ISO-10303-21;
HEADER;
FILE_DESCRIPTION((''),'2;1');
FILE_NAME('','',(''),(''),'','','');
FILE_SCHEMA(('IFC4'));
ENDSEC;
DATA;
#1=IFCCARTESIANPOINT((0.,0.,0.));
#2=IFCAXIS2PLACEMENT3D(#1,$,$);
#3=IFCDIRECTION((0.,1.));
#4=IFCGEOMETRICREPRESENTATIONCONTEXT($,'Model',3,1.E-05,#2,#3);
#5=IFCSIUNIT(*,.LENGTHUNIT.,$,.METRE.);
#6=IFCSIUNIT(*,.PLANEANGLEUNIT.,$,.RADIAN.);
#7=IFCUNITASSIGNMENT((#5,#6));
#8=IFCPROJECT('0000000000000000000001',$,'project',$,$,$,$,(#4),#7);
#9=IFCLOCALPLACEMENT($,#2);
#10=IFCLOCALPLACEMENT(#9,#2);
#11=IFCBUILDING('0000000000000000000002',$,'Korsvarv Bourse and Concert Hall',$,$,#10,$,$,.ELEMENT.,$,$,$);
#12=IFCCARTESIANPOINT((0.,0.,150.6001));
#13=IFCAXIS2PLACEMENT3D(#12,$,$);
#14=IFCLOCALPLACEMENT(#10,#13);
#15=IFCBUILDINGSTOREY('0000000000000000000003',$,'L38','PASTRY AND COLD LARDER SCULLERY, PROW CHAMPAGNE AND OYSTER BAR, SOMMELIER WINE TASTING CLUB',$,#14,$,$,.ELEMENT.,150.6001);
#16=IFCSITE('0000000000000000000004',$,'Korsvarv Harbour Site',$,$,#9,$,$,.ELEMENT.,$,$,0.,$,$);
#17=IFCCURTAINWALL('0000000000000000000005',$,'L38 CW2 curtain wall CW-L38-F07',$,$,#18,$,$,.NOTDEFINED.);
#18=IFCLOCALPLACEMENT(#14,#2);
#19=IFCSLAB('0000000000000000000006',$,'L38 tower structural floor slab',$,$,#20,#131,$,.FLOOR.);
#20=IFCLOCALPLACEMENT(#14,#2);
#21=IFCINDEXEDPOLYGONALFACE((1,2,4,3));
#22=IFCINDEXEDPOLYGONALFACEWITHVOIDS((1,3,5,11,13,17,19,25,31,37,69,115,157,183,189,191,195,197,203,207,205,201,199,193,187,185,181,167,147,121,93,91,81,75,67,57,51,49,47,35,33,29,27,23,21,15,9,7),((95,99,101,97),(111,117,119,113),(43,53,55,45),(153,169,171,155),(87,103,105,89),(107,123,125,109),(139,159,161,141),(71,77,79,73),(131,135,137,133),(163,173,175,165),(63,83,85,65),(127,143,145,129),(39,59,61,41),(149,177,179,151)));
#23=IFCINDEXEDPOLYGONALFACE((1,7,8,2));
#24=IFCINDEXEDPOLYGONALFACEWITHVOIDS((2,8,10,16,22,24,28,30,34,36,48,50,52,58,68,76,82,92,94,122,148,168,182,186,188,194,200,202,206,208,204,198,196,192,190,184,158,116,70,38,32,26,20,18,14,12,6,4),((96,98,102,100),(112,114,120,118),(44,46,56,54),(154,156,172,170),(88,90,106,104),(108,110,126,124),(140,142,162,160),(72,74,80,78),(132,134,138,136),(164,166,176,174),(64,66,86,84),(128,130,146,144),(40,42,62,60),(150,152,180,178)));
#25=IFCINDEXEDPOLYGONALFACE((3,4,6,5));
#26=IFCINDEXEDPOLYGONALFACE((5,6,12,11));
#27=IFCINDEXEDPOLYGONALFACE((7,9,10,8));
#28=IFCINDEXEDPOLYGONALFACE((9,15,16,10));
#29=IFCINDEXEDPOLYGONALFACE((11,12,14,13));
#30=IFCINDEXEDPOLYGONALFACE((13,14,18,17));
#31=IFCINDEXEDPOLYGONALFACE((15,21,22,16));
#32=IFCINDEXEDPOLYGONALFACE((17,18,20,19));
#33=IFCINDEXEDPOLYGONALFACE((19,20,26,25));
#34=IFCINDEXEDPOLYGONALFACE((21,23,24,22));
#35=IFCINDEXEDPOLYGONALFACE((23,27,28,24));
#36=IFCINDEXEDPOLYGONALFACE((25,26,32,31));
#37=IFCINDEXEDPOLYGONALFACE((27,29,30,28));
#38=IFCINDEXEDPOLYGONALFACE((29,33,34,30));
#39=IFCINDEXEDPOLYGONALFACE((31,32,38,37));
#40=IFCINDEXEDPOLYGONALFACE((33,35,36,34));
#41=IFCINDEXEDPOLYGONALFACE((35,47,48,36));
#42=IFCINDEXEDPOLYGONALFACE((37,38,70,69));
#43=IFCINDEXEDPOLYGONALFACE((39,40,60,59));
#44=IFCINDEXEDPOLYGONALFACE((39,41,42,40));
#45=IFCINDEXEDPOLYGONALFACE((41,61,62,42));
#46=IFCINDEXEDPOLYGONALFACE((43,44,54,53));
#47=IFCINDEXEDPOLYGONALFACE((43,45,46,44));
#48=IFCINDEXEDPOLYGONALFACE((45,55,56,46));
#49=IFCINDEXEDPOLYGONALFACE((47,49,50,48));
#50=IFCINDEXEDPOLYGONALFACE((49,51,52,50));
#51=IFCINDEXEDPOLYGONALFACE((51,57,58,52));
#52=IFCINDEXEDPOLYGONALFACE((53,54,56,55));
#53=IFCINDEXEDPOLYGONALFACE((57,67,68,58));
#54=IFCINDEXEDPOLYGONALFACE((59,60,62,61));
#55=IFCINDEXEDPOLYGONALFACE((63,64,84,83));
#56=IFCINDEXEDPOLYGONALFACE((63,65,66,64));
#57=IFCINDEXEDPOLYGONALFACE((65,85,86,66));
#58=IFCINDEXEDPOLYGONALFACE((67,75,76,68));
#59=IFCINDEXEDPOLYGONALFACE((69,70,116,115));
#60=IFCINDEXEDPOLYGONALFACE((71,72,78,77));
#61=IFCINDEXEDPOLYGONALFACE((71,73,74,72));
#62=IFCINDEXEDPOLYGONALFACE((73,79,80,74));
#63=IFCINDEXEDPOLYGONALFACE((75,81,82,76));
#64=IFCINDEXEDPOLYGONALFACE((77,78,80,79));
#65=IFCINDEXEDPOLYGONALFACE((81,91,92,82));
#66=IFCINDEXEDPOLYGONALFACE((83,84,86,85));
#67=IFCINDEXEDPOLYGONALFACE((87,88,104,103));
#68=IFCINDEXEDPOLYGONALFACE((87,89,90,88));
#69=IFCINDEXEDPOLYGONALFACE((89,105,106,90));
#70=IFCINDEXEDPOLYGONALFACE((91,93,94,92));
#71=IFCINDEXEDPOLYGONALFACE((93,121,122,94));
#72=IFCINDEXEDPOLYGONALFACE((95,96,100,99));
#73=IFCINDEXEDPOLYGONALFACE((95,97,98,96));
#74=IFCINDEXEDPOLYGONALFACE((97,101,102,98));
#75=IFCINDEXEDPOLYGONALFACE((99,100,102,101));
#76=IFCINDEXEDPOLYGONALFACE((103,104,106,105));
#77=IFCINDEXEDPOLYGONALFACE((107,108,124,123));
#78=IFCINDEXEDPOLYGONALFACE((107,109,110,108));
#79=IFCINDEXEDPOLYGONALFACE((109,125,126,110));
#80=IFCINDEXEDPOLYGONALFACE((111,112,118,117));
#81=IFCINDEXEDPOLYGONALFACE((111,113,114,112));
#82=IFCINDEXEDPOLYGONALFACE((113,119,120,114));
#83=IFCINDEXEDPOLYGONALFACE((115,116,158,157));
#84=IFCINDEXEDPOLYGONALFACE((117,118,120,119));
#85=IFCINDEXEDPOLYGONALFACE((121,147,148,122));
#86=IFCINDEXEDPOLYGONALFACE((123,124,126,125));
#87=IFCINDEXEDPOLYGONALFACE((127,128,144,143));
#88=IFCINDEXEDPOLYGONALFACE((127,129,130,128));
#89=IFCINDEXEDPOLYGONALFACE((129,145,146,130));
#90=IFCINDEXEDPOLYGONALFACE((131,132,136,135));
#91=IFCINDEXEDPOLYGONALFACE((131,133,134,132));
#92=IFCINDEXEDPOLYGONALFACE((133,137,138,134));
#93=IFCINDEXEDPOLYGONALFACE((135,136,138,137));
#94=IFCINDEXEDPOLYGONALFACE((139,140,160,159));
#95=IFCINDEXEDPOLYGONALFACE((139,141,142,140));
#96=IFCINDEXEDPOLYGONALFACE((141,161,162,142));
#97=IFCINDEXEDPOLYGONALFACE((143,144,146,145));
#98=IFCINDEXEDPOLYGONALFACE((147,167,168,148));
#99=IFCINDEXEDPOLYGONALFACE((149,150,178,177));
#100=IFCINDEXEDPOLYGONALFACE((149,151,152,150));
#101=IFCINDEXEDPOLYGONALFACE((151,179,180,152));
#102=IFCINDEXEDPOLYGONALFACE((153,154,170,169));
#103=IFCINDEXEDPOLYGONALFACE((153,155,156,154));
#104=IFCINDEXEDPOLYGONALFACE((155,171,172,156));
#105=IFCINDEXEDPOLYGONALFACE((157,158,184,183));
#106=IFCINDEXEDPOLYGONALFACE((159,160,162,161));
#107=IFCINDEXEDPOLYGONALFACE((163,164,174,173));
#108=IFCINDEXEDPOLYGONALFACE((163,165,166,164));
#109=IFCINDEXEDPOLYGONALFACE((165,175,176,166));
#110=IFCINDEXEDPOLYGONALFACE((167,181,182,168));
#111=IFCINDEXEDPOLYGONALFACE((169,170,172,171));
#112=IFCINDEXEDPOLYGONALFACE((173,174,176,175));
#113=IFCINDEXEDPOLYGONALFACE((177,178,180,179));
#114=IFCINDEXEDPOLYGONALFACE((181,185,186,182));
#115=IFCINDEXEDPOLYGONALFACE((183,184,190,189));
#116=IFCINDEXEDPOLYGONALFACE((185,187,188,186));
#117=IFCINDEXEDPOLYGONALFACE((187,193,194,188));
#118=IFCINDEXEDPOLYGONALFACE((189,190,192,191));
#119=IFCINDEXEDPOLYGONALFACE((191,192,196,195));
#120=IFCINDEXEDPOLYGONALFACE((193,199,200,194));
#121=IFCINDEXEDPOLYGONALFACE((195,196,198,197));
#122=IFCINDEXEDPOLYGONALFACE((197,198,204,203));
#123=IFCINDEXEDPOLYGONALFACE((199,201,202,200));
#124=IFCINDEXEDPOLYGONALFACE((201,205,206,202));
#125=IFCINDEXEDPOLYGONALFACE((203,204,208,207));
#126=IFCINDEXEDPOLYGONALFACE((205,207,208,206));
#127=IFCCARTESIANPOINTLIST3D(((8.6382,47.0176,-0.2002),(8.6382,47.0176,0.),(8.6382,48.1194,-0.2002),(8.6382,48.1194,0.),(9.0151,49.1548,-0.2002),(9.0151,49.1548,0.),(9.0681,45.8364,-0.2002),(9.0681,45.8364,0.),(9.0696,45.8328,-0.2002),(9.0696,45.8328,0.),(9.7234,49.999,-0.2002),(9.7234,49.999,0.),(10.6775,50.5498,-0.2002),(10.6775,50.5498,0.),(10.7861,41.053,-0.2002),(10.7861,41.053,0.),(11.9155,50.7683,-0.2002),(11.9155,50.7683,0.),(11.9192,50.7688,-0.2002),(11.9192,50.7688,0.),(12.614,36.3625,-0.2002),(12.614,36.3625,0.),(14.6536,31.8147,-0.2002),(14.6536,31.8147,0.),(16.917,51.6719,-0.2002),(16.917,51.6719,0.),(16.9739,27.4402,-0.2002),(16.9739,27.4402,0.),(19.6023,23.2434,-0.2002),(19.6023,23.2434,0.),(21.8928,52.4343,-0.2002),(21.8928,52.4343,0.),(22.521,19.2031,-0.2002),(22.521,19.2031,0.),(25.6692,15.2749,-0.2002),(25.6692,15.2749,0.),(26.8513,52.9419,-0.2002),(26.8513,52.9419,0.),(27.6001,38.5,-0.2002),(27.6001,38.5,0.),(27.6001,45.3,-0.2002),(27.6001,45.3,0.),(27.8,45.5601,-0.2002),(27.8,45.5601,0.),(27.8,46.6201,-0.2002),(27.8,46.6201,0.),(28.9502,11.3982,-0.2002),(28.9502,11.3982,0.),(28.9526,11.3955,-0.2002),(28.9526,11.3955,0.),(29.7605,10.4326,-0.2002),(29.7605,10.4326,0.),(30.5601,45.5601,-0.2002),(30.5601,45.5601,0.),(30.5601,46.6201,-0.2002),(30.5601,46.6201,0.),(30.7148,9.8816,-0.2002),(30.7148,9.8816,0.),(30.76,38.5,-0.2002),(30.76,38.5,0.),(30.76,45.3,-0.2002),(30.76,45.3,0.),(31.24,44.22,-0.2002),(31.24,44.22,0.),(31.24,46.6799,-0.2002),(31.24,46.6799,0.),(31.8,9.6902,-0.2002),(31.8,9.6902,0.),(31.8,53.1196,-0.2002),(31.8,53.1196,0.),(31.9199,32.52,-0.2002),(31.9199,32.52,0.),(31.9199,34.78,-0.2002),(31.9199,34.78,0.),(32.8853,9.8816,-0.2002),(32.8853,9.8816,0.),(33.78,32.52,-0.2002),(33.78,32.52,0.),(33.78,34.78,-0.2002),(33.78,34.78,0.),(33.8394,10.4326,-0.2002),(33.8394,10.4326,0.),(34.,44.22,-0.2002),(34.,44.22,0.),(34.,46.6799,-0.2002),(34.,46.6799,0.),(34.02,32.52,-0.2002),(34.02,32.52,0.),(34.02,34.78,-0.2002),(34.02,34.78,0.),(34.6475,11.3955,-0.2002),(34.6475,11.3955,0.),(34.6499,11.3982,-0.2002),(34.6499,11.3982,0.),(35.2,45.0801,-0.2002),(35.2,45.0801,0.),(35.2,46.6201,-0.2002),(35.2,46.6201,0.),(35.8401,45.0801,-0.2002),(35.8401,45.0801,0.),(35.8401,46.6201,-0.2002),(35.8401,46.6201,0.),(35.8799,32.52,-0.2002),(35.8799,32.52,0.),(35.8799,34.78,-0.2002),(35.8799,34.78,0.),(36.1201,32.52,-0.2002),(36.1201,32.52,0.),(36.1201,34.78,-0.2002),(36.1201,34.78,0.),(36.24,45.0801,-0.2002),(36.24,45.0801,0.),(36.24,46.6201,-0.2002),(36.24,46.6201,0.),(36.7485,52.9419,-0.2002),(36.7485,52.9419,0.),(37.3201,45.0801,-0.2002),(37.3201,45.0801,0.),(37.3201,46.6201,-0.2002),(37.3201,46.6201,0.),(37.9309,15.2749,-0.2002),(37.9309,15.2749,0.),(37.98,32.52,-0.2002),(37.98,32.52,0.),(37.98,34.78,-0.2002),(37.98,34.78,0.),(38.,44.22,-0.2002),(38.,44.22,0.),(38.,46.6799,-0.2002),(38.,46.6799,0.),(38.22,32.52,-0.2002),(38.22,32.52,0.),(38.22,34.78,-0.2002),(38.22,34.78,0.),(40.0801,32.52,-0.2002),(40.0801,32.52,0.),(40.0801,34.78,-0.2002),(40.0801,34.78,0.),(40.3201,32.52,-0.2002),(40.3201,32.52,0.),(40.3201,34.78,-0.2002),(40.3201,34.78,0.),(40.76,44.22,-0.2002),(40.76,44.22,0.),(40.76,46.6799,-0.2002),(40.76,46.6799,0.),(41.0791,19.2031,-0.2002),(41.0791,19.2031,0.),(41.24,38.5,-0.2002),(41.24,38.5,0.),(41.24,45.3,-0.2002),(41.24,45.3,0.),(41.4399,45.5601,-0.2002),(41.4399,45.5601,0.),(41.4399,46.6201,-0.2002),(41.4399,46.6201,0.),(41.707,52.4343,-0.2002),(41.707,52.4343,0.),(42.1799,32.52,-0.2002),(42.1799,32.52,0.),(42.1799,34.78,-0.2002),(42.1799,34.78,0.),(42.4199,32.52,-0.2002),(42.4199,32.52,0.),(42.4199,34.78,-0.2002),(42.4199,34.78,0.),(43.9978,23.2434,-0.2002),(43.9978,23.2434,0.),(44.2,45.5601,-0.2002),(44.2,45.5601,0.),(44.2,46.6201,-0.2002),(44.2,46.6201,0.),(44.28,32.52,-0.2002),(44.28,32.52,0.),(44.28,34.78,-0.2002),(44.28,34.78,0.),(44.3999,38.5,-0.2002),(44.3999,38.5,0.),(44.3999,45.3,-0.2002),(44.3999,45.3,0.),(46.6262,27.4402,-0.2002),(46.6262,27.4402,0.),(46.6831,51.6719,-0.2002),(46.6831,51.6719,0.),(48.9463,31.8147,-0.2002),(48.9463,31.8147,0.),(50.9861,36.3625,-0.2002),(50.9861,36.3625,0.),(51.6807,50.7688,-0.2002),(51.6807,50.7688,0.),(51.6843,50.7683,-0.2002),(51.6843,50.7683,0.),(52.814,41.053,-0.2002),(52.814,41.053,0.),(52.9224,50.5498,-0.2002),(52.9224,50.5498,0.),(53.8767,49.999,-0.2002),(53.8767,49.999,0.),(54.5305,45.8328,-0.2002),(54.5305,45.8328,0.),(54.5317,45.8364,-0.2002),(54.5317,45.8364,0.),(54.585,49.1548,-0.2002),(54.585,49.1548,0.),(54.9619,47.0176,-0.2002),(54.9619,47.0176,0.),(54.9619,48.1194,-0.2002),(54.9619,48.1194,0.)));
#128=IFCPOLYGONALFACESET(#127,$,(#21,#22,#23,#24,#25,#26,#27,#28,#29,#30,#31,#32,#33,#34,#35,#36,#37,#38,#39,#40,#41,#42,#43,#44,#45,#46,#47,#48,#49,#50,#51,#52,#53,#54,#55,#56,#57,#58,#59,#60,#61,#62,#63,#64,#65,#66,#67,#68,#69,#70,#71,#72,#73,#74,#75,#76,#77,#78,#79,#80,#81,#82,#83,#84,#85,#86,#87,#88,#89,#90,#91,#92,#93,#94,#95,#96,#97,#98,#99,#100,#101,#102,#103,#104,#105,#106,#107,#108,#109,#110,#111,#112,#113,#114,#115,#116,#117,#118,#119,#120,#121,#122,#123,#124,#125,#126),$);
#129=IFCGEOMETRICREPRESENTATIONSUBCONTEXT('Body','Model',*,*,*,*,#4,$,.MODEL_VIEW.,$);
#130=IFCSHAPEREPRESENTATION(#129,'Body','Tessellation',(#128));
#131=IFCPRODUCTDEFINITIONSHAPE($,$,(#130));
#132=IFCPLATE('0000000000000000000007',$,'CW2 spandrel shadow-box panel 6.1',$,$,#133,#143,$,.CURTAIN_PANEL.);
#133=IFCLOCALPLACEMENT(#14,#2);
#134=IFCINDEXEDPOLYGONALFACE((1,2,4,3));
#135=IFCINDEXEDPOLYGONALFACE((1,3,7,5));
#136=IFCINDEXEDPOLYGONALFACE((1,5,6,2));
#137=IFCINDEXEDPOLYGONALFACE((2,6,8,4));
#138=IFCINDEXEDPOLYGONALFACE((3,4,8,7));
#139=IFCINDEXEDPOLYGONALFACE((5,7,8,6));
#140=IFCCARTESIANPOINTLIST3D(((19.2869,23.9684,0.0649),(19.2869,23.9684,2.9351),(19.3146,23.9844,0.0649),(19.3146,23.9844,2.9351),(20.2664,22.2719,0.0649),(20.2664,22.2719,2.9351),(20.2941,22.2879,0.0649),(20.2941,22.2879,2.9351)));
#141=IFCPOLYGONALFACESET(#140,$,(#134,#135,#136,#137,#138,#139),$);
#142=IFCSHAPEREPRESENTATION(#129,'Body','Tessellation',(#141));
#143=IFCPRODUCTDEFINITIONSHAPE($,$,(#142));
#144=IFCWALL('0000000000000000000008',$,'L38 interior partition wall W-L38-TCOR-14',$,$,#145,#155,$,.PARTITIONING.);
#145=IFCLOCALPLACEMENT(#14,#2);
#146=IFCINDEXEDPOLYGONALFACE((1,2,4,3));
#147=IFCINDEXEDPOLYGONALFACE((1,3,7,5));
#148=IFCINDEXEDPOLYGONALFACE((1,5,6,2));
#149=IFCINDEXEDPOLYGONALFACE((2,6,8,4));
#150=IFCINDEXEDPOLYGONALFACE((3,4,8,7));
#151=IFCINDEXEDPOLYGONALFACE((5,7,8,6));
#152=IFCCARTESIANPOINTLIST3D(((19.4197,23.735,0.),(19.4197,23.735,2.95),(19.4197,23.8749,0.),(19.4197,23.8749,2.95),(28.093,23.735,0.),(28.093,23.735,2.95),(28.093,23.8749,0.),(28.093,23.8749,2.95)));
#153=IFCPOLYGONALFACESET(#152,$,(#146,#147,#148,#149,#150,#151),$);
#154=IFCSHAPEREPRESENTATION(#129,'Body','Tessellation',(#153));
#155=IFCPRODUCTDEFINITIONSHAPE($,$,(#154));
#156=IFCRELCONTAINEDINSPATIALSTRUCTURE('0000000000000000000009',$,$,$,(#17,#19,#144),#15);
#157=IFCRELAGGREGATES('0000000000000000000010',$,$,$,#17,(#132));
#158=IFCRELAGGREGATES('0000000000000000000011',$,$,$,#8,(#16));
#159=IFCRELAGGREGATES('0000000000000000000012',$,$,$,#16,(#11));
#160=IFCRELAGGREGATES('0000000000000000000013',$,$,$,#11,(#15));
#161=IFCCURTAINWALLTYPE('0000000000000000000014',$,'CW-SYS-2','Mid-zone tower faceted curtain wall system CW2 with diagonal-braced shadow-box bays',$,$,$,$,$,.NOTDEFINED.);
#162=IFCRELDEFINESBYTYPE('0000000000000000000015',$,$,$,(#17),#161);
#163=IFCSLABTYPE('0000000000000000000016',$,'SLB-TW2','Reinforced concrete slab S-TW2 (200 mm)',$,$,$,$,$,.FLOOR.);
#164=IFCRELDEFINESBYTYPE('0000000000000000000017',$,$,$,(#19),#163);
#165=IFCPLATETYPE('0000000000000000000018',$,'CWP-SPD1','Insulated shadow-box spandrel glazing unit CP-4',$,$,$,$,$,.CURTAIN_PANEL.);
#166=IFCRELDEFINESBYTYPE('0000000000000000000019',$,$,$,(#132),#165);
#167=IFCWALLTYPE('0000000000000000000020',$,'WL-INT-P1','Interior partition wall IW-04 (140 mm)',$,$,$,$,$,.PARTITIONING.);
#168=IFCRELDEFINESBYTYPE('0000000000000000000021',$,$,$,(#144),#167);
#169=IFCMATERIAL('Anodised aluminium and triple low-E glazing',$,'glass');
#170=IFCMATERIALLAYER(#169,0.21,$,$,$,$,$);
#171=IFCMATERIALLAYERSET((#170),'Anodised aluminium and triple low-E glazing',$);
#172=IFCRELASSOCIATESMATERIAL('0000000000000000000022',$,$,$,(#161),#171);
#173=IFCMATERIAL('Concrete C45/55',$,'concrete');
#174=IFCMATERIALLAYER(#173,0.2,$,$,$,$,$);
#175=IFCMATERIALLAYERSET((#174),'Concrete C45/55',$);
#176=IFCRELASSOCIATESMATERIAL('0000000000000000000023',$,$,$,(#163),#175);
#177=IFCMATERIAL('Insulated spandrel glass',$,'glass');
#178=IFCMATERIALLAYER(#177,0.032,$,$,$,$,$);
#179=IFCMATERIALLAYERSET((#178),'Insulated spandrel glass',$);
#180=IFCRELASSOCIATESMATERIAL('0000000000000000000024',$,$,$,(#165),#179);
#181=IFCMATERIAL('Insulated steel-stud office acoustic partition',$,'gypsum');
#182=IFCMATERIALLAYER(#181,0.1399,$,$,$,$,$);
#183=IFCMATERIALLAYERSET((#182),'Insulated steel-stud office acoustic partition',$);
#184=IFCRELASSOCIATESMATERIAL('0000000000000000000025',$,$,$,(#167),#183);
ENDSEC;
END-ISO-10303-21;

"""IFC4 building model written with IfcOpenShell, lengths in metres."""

from ifc_helpers import new_model, si_unit, direction, frame, frame_2d, origin, origin_2d, place, context, subcontext, project, spatial, polyline, rectangle, outline, extrude, source, transform, mapped, material, layer, layer_set, type_object, element, aggregate, save


model = new_model("IFC4")

# Units and contexts
model_context = context("Model", 3, precision=1e-05, world=origin(), true_north=direction((0.0, 1.0)))
body_context = subcontext(model_context, "Body", "Model", "MODEL_VIEW")
ifc_project = project(units=[si_unit("LENGTHUNIT", "METRE"), si_unit("PLANEANGLEUNIT", "RADIAN")], contexts=[model_context])

# Site, building, storey
site_placement = place(None, origin())
site = spatial("IfcSite", under=ifc_project, at=site_placement, Name="Korsvarv Harbour Site", CompositionType="ELEMENT", RefElevation=0.0)
building_placement = place(site_placement, origin())
building = spatial("IfcBuilding", under=site, at=building_placement, Name="Korsvarv Bourse and Concert Hall", CompositionType="ELEMENT")
storey_placement = place(building_placement, frame((0.0, 0.0, 150.6001)))
storey = spatial("IfcBuildingStorey", under=building, at=storey_placement, Name="L38", Description="PASTRY AND COLD LARDER SCULLERY, PROW CHAMPAGNE AND OYSTER BAR, SOMMELIER WINE TASTING CLUB", CompositionType="ELEMENT", Elevation=150.6001)

# Curtain wall
ifc_material_1 = material(Name="Anodised aluminium and triple low-E glazing", Category="glass")
ifc_layer_1 = layer(ifc_material_1, 0.21)
ifc_layer_set_1 = layer_set([ifc_layer_1], Name="Anodised aluminium and triple low-E glazing")
curtain_wall_type = type_object("IfcCurtainWallType", Name="CW-SYS-2", Description="Mid-zone tower faceted curtain wall system CW2 with diagonal-braced shadow-box bays", PredefinedType="NOTDEFINED", material=ifc_layer_set_1)
curtain_wall_placement = place(storey_placement, origin())
curtain_wall = element("IfcCurtainWall", 1, at=curtain_wall_placement, inside=storey, type_object=curtain_wall_type, Name="L38 CW2 curtain wall CW-L38-F07", PredefinedType="NOTDEFINED")

# Slab
ifc_material_2 = material(Name="Concrete C45/55", Category="concrete")
ifc_layer_2 = layer(ifc_material_2, 0.2)
ifc_layer_set_2 = layer_set([ifc_layer_2], Name="Concrete C45/55")
slab_type_1 = type_object("IfcSlabType", Name="SLB-TW2", Description="Reinforced concrete slab S-TW2 (200 mm)", PredefinedType="FLOOR", material=ifc_layer_set_2)
slab_1_placement = place(storey_placement, frame((0.0, 0.0, -0.2002)))
element("IfcSlab", 2, at=slab_1_placement, inside=storey, type_object=slab_type_1, Name="L38 tower structural floor slab", PredefinedType="FLOOR", context=body_context, shape_type="SweptSolid", body=[
    extrude(outline(polyline([(54.5305, 45.8328), (52.814, 41.053), (50.9861, 36.3625), (48.9463, 31.8147), (46.6262, 27.4402), (43.9978, 23.2434), (41.0791, 19.2031), (37.9309, 15.2749), (34.6499, 11.3982), (34.6475, 11.3955), (33.8394, 10.4326), (32.8853, 9.8816), (31.8, 9.6902), (30.7148, 9.8816), (29.7605, 10.4326), (28.9526, 11.3955), (28.9502, 11.3982), (25.6692, 15.2749), (22.521, 19.2031), (19.6023, 23.2434), (16.9739, 27.4402), (14.6536, 31.8147), (12.614, 36.3625), (10.7861, 41.053), (9.0696, 45.8328), (9.0681, 45.8364), (8.6382, 47.0176), (8.6382, 48.1194), (9.0151, 49.1548), (9.7234, 49.999), (10.6775, 50.5498), (11.9155, 50.7683), (11.9192, 50.7688), (16.917, 51.6719), (21.8928, 52.4343), (26.8513, 52.9419), (31.8, 53.1196), (36.7485, 52.9419), (41.707, 52.4343), (46.6831, 51.6719), (51.6807, 50.7688), (51.6843, 50.7683), (52.9224, 50.5498), (53.8767, 49.999), (54.585, 49.1548), (54.9619, 48.1194), (54.9619, 47.0176), (54.5317, 45.8364), (54.5305, 45.8328)]), holes=[polyline([(30.76, 38.5), (30.76, 45.3), (27.6001, 45.3), (27.6001, 38.5), (30.76, 38.5)]), polyline([(44.3999, 38.5), (44.3999, 45.3), (41.24, 45.3), (41.24, 38.5), (44.3999, 38.5)]), polyline([(31.24, 44.22), (34.0, 44.22), (34.0, 46.6799), (31.24, 46.6799), (31.24, 44.22)]), polyline([(38.0, 44.22), (40.76, 44.22), (40.76, 46.6799), (38.0, 46.6799), (38.0, 44.22)]), polyline([(31.9199, 32.52), (33.78, 32.52), (33.78, 34.78), (31.9199, 34.78), (31.9199, 32.52)]), polyline([(34.02, 32.52), (35.8799, 32.52), (35.8799, 34.78), (34.02, 34.78), (34.02, 32.52)]), polyline([(36.1201, 32.52), (37.98, 32.52), (37.98, 34.78), (36.1201, 34.78), (36.1201, 32.52)]), polyline([(38.22, 32.52), (40.0801, 32.52), (40.0801, 34.78), (38.22, 34.78), (38.22, 32.52)]), polyline([(40.3201, 32.52), (42.1799, 32.52), (42.1799, 34.78), (40.3201, 34.78), (40.3201, 32.52)]), polyline([(42.4199, 32.52), (44.28, 32.52), (44.28, 34.78), (42.4199, 34.78), (42.4199, 32.52)]), polyline([(27.8, 45.5601), (30.5601, 45.5601), (30.5601, 46.6201), (27.8, 46.6201), (27.8, 45.5601)]), polyline([(41.4399, 45.5601), (44.2, 45.5601), (44.2, 46.6201), (41.4399, 46.6201), (41.4399, 45.5601)]), polyline([(35.2, 45.0801), (35.8401, 45.0801), (35.8401, 46.6201), (35.2, 46.6201), (35.2, 45.0801)]), polyline([(36.24, 45.0801), (37.3201, 45.0801), (37.3201, 46.6201), (36.24, 46.6201), (36.24, 45.0801)])]), origin(), (0.0, 0.0, 1.0), 0.2002),
])

# Plate
ifc_material_3 = material(Name="Insulated spandrel glass", Category="glass")
ifc_layer_3 = layer(ifc_material_3, 0.032)
ifc_layer_set_3 = layer_set([ifc_layer_3], Name="Insulated spandrel glass")
plate_type = type_object("IfcPlateType", Name="CWP-SPD1", Description="Insulated shadow-box spandrel glazing unit CP-4", PredefinedType="CURTAIN_PANEL", material=ifc_layer_set_3)
shared_shape_1 = source(origin(), body_context, "Body", "SweptSolid", [
    extrude(rectangle(XDim=1.959, YDim=0.032, at=origin_2d()), origin(), (0.0, 0.0, 1.0), 2.8701),
])
plate_placement = place(storey_placement, frame((19.7905, 23.1282, 0.0649), z_axis=(0.0, 0.0, 1.0), x_axis=(0.500006, -0.866022, 0.0)))
plate = element("IfcPlate", 3, at=plate_placement, type_object=plate_type, Name="CW2 spandrel shadow-box panel 6.1", PredefinedType="CURTAIN_PANEL", context=body_context, shape_type="MappedRepresentation", body=[
    mapped(shared_shape_1, transform((0.0, 0.0, 0.0), scale=1.0)),
])
aggregate(curtain_wall, [plate])

# Wall
ifc_material_4 = material(Name="Insulated steel-stud office acoustic partition", Category="gypsum")
ifc_layer_4 = layer(ifc_material_4, 0.1399)
ifc_layer_set_4 = layer_set([ifc_layer_4], Name="Insulated steel-stud office acoustic partition")
wall_type = type_object("IfcWallType", Name="WL-INT-P1", Description="Interior partition wall IW-04 (140 mm)", PredefinedType="PARTITIONING", material=ifc_layer_set_4)
wall_placement = place(storey_placement, frame((19.4197, 23.8049, 0.0), z_axis=(0.0, 0.0, 1.0), x_axis=(1.0, 0.0, 0.0)))
element("IfcWall", 4, at=wall_placement, inside=storey, type_object=wall_type, Name="L38 interior partition wall W-L38-TCOR-14", PredefinedType="PARTITIONING", context=body_context, shape_type="SweptSolid", body=[
    extrude(rectangle(XDim=8.6733, YDim=0.1399, at=frame_2d((4.3367, 0.0))), origin(), (0.0, 0.0, 1.0), 2.95),
])

save(model, "model.ifc")
